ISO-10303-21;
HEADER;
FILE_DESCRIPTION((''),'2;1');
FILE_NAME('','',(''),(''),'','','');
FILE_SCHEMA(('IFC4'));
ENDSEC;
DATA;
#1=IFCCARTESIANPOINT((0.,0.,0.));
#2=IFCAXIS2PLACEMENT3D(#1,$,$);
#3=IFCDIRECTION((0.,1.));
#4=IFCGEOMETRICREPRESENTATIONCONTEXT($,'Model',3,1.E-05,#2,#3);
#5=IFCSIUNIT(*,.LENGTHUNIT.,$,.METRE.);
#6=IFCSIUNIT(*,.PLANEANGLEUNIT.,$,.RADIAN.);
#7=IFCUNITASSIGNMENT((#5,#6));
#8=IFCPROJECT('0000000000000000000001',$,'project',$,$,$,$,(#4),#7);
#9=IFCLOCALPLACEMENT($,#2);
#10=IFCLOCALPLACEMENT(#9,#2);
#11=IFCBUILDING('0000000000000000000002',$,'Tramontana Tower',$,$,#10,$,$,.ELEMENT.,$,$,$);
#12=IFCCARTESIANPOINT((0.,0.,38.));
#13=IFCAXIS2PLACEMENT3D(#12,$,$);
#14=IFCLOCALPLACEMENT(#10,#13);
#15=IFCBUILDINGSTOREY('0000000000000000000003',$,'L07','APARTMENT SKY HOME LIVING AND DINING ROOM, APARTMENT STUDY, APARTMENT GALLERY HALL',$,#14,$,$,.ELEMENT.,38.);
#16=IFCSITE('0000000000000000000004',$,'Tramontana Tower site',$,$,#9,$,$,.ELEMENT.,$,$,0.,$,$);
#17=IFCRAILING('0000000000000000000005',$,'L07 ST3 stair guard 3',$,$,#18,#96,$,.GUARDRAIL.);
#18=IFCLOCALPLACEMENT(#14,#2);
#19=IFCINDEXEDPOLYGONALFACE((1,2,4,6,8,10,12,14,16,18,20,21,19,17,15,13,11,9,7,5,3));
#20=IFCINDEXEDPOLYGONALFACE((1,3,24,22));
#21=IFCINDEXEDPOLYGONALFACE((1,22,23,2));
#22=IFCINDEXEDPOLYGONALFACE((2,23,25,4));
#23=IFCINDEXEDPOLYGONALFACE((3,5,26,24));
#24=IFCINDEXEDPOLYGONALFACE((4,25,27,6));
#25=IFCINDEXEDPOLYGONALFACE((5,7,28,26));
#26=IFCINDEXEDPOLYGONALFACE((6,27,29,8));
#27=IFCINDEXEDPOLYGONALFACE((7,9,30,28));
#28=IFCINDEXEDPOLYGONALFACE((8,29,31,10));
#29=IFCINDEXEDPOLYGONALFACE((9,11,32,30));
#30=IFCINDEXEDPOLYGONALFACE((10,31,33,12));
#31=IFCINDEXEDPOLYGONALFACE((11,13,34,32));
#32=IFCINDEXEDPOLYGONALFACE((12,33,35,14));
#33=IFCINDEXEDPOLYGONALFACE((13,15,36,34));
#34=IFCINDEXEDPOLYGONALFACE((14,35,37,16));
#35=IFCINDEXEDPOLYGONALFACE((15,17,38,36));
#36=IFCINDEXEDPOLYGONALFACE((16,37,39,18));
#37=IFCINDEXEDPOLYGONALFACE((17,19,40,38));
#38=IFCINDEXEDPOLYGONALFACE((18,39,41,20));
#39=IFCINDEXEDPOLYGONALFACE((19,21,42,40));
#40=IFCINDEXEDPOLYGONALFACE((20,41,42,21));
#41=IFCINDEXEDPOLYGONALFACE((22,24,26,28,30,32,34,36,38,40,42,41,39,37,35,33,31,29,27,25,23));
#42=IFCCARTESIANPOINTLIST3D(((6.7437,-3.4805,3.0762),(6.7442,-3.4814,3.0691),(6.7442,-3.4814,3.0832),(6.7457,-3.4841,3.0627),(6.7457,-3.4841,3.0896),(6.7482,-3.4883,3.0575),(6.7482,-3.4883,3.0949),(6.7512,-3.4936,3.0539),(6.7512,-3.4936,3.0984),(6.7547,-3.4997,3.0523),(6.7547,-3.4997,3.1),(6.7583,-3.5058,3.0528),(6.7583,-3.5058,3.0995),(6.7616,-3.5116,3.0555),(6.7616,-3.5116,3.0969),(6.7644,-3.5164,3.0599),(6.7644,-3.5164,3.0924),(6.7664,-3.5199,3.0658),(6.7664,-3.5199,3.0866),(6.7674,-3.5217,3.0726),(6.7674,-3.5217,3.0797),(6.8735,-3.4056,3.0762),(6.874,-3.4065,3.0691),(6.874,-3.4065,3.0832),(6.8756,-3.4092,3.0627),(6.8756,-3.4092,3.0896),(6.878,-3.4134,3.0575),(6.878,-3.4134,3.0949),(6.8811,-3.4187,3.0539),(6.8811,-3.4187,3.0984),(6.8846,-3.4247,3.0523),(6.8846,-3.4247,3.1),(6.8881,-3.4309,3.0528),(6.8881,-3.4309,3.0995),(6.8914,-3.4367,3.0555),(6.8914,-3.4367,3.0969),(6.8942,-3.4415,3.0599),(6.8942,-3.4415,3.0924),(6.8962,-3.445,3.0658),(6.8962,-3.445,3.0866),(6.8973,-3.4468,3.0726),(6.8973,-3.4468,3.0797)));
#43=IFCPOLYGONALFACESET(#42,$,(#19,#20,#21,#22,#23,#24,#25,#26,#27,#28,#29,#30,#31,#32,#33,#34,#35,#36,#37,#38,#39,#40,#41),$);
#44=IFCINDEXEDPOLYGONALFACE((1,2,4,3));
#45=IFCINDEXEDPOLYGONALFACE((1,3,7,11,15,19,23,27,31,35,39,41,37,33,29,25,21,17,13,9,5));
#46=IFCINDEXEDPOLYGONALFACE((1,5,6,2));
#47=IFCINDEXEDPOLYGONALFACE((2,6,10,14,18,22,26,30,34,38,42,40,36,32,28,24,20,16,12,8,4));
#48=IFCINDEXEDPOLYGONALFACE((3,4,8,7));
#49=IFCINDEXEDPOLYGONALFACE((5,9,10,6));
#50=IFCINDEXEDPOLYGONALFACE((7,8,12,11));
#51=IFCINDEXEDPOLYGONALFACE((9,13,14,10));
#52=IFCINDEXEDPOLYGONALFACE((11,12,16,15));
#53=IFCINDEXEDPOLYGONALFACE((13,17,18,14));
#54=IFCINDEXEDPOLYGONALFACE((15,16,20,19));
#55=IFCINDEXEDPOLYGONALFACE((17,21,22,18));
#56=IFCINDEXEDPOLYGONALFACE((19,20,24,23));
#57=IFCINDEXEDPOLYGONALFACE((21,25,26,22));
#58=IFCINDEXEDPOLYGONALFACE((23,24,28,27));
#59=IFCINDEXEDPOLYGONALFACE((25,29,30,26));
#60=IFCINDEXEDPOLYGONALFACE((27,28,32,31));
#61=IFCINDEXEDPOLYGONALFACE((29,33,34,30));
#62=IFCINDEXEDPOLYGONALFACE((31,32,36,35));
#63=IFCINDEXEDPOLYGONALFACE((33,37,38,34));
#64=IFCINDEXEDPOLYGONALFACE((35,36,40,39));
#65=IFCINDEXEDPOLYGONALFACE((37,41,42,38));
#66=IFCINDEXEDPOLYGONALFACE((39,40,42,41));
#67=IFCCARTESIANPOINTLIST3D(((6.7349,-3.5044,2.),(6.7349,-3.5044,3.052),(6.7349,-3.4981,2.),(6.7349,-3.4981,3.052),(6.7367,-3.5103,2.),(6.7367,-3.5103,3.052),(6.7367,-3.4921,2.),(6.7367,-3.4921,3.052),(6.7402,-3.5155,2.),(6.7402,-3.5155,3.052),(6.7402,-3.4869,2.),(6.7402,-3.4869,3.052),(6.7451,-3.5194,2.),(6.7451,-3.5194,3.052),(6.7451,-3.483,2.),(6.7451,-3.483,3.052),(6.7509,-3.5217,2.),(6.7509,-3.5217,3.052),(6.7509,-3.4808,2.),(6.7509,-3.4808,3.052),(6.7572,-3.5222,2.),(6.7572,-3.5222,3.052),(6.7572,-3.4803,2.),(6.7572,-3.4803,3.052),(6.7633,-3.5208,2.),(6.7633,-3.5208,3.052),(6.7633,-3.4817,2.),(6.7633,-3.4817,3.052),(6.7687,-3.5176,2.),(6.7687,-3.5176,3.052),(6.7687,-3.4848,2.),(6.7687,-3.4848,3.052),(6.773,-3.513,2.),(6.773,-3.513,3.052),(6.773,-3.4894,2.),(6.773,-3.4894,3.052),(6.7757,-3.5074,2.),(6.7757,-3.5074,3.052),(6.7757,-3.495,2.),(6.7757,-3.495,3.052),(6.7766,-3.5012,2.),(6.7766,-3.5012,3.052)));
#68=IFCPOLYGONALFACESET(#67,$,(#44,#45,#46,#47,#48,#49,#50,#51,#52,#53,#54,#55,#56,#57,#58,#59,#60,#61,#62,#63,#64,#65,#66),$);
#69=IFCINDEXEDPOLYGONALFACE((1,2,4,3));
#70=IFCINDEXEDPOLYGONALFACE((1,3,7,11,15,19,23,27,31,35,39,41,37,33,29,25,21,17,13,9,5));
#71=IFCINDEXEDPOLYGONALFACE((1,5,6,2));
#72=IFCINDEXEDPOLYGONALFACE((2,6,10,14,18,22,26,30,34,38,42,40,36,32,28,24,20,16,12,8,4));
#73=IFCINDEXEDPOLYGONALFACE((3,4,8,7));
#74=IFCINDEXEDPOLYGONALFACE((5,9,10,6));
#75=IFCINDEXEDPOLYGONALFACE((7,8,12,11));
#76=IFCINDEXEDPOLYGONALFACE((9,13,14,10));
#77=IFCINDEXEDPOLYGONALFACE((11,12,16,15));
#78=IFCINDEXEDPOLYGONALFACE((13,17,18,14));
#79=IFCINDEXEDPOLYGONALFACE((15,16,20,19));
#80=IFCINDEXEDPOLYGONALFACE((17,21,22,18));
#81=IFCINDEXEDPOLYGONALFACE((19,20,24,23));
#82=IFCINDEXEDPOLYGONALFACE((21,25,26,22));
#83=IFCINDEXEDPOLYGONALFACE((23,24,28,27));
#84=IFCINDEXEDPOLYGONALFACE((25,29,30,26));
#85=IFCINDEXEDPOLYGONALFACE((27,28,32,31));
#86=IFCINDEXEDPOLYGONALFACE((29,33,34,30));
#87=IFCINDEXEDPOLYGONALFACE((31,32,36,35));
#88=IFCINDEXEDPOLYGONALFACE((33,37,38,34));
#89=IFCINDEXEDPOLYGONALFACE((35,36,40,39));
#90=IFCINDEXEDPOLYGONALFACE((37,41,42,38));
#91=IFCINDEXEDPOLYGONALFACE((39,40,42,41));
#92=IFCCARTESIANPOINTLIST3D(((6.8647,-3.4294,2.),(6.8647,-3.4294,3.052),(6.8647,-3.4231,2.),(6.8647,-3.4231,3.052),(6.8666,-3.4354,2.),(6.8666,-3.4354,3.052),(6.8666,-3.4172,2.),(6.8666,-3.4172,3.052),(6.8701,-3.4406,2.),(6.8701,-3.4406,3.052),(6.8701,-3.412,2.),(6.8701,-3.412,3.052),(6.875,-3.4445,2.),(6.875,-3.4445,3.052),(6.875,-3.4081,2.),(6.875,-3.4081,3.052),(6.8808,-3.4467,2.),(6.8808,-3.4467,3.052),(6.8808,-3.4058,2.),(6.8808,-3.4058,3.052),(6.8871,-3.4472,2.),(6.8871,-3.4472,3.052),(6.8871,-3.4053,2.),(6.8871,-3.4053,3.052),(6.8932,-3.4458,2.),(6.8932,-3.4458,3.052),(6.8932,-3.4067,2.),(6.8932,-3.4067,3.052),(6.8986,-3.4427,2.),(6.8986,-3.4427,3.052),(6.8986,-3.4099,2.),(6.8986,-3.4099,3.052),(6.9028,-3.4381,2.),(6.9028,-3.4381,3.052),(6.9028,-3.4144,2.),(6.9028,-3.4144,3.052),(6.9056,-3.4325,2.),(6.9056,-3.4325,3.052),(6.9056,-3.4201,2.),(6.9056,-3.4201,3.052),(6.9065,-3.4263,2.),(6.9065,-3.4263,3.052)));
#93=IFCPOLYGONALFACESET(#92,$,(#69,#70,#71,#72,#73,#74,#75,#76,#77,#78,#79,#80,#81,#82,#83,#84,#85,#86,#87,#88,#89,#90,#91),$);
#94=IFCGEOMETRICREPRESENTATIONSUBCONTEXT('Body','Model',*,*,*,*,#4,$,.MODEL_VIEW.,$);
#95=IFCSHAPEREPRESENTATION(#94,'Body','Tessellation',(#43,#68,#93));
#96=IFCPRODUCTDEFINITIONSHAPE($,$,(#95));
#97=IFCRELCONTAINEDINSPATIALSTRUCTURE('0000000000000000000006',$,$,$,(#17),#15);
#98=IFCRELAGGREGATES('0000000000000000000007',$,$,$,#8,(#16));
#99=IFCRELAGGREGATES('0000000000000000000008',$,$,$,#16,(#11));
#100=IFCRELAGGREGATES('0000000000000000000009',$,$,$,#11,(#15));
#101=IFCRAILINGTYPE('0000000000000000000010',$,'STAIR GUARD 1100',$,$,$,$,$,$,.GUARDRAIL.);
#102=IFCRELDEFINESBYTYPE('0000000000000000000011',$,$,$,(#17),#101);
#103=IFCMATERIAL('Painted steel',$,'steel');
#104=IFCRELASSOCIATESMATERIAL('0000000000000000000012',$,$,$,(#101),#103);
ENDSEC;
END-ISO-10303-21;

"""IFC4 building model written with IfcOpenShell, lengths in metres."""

from ifc_helpers import new_model, si_unit, direction, frame, origin, origin_2d, place, context, subcontext, project, spatial, circle, extrude, material, type_object, element, save


model = new_model("IFC4")

# Units and contexts
model_context = context("Model", 3, precision=1e-05, world=origin(), true_north=direction((0.0, 1.0)))
body_context = subcontext(model_context, "Body", "Model", "MODEL_VIEW")
ifc_project = project(units=[si_unit("LENGTHUNIT", "METRE"), si_unit("PLANEANGLEUNIT", "RADIAN")], contexts=[model_context])

# Site, building, storey
site_placement = place(None, origin())
site = spatial("IfcSite", under=ifc_project, at=site_placement, Name="Tramontana Tower site", CompositionType="ELEMENT", RefElevation=0.0)
building_placement = place(site_placement, origin())
building = spatial("IfcBuilding", under=site, at=building_placement, Name="Tramontana Tower", CompositionType="ELEMENT")
storey_placement = place(building_placement, frame((0.0, 0.0, 38.0)))
storey = spatial("IfcBuildingStorey", under=building, at=storey_placement, Name="L07", Description="APARTMENT SKY HOME LIVING AND DINING ROOM, APARTMENT STUDY, APARTMENT GALLERY HALL", CompositionType="ELEMENT", Elevation=38.0)

# Railing
ifc_material_1 = material(Name="Painted steel", Category="steel")
railing_type_1 = type_object("IfcRailingType", Name="STAIR GUARD 1100", PredefinedType="GUARDRAIL", material=ifc_material_1)
railing_1_placement = place(storey_placement, frame((6.7556, -3.5012, 2.0)))
element("IfcRailing", 1, at=railing_1_placement, inside=storey, type_object=railing_type_1, Name="L07 ST3 stair guard 3", PredefinedType="GUARDRAIL", context=body_context, shape_type="SweptSolid", body=[
    extrude(circle(Radius=0.0239, at=origin_2d()), frame((0.0, 0.0, 1.0762), z_axis=(0.866131, 0.499816, 0.0), x_axis=(-0.499816, 0.866131, 0.0)), (0.0, 0.0, 1.0), 0.1499),
    extrude(circle(Radius=0.021, at=origin_2d()), origin(), (0.0, 0.0, 1.0), 1.052),
    extrude(circle(Radius=0.021, at=origin_2d()), frame((0.1299, 0.075, 0.0)), (0.0, 0.0, 1.0), 1.052),
])

save(model, "model.ifc")
